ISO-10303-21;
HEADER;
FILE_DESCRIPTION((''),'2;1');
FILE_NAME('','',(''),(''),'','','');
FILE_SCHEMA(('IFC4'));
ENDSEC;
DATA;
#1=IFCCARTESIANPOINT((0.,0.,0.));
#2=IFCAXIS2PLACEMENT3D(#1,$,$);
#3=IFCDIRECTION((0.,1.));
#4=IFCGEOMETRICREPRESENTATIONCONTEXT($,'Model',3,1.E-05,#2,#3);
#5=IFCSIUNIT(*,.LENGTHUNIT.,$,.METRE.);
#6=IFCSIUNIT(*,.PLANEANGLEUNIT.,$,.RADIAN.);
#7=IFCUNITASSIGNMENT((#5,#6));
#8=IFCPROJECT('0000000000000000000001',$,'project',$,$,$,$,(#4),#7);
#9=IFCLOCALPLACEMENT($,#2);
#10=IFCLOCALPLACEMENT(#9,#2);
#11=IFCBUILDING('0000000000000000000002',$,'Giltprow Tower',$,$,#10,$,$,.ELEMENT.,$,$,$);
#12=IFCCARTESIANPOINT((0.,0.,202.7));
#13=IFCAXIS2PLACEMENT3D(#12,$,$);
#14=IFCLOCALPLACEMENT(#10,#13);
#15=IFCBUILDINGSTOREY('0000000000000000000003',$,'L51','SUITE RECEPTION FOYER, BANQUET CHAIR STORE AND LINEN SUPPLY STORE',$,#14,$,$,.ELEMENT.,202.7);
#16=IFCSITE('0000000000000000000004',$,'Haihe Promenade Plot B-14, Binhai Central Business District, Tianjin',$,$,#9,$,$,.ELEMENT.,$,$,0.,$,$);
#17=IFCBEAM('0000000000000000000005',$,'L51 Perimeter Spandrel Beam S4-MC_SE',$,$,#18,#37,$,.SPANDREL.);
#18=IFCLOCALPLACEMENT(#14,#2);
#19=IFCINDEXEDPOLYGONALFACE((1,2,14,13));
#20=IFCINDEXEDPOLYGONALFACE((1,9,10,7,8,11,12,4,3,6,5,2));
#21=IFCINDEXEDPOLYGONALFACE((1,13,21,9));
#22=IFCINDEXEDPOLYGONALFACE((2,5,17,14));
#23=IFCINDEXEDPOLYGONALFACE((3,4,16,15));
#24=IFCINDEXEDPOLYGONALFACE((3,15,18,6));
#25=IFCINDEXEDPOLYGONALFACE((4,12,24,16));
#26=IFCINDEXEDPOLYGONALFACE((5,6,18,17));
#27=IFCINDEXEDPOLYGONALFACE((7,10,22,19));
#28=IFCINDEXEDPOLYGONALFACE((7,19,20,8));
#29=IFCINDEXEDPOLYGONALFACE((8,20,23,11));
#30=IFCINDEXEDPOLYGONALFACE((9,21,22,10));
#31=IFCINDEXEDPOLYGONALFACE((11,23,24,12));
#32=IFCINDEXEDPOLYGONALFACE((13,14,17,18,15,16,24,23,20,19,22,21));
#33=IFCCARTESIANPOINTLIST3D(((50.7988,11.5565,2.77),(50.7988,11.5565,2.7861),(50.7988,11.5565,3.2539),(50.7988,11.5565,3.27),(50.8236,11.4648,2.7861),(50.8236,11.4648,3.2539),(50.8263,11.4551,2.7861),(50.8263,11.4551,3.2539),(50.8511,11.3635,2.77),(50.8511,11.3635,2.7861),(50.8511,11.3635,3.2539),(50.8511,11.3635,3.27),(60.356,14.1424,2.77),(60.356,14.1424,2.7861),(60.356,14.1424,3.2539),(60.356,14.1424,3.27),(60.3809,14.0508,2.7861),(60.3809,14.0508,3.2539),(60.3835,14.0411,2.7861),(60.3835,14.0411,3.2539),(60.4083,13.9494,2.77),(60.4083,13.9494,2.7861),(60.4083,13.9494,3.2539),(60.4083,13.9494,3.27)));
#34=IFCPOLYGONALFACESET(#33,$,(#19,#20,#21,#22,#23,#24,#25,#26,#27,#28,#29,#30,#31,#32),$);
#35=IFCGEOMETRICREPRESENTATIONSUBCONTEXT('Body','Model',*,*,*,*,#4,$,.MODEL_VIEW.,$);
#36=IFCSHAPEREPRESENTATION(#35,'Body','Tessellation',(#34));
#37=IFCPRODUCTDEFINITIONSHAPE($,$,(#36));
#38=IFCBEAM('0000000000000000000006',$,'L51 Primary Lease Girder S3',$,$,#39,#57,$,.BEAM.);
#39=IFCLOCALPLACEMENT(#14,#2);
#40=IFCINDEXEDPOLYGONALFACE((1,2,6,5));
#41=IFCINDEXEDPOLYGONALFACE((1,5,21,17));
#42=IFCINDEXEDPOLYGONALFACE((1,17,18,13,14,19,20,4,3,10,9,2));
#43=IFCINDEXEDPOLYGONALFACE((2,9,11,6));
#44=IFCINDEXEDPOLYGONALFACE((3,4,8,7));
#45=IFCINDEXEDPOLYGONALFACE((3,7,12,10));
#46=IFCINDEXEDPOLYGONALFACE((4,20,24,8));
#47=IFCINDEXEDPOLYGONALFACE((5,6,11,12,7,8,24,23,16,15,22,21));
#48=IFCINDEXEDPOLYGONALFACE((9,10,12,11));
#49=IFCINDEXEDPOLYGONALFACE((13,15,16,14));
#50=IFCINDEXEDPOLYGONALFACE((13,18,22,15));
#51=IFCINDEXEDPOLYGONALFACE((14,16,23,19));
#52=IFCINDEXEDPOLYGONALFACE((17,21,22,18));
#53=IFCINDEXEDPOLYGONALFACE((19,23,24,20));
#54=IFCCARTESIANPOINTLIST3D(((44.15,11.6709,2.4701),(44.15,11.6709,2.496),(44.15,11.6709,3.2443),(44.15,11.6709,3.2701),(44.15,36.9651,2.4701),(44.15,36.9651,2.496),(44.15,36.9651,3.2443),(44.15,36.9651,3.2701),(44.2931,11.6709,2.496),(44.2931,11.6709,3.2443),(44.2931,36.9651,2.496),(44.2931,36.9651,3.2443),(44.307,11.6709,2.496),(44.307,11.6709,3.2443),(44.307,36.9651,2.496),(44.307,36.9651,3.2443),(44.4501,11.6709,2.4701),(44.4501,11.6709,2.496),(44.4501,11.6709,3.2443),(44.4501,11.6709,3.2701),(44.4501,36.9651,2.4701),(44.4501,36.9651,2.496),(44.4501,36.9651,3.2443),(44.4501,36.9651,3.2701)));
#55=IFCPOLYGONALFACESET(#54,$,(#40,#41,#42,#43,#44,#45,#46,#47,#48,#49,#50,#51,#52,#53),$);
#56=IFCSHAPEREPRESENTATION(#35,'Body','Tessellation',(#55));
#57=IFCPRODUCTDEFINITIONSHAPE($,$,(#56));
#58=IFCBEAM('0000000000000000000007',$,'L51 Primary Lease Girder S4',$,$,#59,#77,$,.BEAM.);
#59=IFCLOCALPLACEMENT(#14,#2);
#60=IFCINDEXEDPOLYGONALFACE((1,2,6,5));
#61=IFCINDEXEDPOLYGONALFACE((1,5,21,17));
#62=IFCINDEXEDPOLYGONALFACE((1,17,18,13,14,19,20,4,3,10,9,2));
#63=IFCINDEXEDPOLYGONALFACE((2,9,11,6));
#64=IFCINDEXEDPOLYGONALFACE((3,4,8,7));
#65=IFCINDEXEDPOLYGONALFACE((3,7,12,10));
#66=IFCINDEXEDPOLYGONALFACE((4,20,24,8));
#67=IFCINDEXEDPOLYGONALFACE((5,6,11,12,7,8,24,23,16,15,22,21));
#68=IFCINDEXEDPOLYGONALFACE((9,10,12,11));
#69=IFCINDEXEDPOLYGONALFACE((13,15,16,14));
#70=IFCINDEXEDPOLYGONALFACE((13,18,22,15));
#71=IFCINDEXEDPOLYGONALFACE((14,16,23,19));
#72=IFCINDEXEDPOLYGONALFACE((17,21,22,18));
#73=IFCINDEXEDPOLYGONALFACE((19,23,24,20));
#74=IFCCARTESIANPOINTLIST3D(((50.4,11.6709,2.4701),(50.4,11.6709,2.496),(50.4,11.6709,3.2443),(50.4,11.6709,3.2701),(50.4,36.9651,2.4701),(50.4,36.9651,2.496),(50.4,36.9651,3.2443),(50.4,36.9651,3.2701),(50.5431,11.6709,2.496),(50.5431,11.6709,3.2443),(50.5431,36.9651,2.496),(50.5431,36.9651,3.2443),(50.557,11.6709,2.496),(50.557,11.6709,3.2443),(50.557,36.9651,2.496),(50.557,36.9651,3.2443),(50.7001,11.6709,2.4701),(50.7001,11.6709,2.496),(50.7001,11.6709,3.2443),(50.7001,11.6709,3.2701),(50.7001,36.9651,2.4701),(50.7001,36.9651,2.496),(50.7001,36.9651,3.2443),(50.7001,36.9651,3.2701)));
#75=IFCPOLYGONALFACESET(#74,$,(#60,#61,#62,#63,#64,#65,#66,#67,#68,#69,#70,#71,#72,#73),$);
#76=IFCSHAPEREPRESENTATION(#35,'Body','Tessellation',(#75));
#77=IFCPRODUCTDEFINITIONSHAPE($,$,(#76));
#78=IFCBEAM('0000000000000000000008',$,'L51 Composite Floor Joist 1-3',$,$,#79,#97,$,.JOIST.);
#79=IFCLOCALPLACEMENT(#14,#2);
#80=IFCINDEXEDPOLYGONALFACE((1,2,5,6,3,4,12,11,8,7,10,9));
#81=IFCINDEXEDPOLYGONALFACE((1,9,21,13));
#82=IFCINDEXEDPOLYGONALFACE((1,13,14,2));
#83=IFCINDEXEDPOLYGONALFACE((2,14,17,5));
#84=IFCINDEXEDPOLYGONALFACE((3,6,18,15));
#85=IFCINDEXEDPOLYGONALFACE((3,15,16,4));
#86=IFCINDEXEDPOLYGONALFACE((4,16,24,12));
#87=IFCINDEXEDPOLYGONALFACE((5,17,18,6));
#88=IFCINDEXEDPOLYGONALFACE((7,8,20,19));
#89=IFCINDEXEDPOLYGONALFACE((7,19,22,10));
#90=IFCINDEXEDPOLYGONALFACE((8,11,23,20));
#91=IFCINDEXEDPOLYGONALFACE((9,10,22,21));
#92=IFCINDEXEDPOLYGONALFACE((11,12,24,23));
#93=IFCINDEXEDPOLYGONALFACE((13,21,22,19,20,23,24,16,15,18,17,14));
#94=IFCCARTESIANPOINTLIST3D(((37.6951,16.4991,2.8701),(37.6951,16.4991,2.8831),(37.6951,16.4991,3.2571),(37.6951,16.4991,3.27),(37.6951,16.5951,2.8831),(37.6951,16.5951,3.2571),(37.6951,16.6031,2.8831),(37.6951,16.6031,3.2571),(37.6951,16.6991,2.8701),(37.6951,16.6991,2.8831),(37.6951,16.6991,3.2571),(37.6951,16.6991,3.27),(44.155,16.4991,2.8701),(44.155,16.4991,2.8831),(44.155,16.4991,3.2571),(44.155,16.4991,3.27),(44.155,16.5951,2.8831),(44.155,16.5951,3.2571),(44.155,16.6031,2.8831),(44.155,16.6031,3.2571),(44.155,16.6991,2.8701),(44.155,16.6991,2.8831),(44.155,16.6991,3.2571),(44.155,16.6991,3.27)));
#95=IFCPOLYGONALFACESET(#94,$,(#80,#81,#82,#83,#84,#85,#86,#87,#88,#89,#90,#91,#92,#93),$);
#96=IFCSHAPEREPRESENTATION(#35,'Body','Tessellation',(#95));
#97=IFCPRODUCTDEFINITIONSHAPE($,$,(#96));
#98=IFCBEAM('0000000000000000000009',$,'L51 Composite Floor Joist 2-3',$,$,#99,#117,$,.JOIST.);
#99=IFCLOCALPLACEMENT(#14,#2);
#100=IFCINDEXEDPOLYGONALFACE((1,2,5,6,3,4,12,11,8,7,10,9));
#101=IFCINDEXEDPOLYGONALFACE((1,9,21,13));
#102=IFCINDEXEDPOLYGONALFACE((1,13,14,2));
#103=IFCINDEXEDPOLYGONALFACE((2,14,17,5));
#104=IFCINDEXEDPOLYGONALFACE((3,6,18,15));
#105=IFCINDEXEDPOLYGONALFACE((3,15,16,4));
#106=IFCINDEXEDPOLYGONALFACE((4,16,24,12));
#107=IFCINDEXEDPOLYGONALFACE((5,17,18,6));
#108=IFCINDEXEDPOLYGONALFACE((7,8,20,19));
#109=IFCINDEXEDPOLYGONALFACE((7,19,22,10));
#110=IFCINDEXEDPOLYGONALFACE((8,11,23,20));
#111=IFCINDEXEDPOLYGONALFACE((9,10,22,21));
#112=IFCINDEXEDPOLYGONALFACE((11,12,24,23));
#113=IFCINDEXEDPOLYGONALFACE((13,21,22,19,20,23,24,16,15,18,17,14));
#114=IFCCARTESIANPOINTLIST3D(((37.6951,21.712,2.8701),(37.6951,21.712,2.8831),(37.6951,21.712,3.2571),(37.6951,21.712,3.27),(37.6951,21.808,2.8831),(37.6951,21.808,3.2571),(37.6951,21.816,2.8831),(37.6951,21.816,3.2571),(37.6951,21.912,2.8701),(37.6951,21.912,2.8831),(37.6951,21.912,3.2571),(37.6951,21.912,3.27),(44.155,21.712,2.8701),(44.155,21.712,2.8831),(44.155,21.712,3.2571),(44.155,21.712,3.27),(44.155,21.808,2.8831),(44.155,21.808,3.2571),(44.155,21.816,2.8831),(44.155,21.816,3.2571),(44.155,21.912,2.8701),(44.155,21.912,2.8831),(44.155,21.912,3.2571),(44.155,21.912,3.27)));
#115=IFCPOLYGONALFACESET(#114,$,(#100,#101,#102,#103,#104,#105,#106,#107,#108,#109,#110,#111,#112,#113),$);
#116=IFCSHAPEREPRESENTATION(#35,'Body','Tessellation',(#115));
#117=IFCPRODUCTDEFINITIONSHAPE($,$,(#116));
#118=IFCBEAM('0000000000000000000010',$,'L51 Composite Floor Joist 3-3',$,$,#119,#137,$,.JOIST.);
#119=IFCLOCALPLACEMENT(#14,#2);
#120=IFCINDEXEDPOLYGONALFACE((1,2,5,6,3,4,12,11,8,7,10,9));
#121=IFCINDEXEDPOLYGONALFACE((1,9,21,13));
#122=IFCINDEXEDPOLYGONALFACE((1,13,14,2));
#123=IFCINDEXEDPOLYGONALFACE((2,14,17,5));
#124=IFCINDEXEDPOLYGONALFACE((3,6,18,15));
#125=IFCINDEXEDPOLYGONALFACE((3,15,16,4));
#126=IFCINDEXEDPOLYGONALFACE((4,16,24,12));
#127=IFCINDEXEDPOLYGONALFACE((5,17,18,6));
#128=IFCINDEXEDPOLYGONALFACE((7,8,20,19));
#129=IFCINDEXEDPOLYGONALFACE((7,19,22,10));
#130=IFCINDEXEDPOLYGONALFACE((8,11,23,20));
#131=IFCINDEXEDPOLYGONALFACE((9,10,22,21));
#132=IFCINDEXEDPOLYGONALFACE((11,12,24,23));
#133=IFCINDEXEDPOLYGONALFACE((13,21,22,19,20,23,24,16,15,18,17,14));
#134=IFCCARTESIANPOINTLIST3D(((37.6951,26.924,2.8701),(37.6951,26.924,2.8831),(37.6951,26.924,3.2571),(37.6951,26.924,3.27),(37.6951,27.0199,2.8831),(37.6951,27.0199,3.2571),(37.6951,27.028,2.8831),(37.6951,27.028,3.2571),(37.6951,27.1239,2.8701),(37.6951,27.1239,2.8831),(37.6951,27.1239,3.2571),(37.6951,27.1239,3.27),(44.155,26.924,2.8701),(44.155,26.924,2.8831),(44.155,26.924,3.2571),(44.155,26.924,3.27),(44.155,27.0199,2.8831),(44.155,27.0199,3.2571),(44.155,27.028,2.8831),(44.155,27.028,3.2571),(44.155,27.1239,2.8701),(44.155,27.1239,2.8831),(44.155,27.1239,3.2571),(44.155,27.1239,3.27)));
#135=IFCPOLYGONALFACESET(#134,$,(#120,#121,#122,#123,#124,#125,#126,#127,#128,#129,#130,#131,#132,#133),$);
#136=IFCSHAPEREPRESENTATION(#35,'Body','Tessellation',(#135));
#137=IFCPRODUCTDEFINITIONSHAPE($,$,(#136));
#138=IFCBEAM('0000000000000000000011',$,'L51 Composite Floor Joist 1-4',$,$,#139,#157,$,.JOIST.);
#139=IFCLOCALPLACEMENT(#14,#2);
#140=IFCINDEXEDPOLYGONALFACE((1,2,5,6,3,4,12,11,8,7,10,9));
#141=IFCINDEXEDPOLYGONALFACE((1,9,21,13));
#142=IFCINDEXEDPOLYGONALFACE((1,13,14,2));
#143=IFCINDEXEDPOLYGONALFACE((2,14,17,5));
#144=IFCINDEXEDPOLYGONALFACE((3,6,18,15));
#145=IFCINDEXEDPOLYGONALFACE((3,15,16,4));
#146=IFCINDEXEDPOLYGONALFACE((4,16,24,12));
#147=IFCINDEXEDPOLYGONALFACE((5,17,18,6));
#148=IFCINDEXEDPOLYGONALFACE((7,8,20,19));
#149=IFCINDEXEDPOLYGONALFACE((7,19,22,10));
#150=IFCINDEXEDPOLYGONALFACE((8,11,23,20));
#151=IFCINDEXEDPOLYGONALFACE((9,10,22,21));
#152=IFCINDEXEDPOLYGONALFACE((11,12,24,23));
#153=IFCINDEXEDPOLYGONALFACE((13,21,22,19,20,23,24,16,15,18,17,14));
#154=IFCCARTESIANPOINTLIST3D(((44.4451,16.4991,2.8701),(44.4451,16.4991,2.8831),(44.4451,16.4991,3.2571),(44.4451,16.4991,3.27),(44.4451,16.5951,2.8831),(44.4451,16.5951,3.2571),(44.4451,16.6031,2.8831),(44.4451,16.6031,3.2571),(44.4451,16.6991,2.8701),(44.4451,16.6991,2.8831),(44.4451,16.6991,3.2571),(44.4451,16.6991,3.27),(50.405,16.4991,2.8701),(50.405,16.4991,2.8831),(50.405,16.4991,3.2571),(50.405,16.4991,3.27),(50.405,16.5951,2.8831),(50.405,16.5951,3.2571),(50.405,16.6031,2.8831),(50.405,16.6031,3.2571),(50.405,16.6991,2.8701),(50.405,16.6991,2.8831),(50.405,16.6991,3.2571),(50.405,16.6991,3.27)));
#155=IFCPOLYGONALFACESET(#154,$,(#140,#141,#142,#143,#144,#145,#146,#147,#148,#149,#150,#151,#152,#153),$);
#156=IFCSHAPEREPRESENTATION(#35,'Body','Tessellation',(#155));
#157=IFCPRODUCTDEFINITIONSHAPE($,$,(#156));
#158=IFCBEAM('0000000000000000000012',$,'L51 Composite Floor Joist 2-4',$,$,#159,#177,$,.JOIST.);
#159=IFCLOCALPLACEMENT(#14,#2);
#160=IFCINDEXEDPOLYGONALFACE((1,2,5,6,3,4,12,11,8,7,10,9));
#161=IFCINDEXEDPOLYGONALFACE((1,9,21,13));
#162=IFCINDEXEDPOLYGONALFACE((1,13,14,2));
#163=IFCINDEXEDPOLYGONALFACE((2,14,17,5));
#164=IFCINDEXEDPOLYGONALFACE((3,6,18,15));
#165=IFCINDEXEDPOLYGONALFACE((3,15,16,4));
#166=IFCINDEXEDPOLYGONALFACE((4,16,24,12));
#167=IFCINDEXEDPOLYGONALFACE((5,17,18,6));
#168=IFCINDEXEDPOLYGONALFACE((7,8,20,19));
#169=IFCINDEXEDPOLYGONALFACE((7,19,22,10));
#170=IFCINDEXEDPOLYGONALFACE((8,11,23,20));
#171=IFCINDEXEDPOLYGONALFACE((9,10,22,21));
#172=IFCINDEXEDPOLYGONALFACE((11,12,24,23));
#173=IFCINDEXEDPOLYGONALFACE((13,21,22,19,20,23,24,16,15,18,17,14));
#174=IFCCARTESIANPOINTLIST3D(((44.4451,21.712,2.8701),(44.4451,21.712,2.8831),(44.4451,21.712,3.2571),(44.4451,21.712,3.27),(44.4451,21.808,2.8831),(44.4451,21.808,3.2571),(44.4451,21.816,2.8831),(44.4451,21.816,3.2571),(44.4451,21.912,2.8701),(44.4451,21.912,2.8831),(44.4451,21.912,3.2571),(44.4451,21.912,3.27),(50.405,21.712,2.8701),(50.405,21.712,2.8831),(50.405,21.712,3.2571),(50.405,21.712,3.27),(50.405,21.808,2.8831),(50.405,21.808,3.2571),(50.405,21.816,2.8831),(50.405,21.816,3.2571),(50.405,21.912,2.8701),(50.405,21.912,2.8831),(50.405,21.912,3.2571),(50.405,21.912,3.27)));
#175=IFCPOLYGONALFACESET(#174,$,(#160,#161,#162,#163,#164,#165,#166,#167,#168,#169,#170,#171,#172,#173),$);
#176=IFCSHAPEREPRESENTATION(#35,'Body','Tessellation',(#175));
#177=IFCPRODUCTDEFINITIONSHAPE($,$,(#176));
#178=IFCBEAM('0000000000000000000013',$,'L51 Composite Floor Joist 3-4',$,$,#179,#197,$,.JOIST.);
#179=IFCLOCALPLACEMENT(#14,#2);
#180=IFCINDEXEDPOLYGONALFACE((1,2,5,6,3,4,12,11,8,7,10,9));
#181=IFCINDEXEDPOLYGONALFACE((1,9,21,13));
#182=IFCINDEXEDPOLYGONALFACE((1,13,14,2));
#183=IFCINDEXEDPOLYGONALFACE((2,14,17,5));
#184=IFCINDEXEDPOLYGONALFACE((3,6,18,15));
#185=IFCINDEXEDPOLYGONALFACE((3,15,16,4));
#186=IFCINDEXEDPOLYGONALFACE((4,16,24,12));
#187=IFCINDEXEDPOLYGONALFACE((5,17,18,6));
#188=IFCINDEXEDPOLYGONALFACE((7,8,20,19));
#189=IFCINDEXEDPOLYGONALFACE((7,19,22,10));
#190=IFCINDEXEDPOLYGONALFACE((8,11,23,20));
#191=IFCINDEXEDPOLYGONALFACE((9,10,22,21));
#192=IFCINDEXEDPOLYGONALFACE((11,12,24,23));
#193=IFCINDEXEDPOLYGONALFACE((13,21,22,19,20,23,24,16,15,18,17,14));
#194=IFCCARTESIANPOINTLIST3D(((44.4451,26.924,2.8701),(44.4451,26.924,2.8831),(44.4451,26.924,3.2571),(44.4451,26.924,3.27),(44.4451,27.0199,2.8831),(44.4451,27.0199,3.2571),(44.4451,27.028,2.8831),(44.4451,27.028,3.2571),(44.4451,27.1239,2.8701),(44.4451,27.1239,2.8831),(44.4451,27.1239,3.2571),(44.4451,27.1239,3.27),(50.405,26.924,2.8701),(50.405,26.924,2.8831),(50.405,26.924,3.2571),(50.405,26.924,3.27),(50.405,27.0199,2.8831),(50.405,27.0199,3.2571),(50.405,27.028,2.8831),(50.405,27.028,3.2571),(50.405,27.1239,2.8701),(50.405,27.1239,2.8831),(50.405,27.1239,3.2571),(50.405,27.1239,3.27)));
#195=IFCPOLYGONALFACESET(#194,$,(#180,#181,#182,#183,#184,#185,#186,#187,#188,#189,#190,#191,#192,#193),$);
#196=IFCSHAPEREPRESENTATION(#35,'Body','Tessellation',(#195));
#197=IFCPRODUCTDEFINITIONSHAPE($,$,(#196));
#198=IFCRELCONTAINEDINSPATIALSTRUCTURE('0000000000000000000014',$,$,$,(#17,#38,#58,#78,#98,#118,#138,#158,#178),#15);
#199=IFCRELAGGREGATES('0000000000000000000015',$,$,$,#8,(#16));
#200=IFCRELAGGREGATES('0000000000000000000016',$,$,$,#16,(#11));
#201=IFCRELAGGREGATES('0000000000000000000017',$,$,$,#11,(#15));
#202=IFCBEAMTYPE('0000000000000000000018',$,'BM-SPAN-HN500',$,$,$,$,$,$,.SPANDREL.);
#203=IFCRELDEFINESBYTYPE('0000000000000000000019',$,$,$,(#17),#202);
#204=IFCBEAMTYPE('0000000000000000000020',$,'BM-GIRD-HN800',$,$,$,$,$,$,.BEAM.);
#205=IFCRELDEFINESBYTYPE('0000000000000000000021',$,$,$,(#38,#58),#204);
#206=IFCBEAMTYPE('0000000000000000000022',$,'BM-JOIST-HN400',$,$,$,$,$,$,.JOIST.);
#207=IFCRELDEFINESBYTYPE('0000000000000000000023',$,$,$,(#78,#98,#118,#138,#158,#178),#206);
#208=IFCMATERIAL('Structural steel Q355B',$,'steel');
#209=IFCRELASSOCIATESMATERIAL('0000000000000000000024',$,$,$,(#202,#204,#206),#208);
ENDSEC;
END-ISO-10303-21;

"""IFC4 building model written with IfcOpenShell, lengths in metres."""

from ifc_helpers import new_model, si_unit, direction, frame, origin, origin_2d, place, context, subcontext, project, spatial, i_section, extrude, source, transform, mapped, material, material_profile, profile_set, type_object, element, save


model = new_model("IFC4")

# Units and contexts
model_context = context("Model", 3, precision=1e-05, world=origin(), true_north=direction((0.0, 1.0)))
body_context = subcontext(model_context, "Body", "Model", "MODEL_VIEW")
ifc_project = project(units=[si_unit("LENGTHUNIT", "METRE"), si_unit("PLANEANGLEUNIT", "RADIAN")], contexts=[model_context])

# Site, building, storey
site_placement = place(None, origin())
site = spatial("IfcSite", under=ifc_project, at=site_placement, Name="Haihe Promenade Plot B-14, Binhai Central Business District, Tianjin", CompositionType="ELEMENT", RefElevation=0.0)
building_placement = place(site_placement, origin())
building = spatial("IfcBuilding", under=site, at=building_placement, Name="Giltprow Tower", CompositionType="ELEMENT")
storey_placement = place(building_placement, frame((0.0, 0.0, 202.7)))
storey = spatial("IfcBuildingStorey", under=building, at=storey_placement, Name="L51", Description="SUITE RECEPTION FOYER, BANQUET CHAIR STORE AND LINEN SUPPLY STORE", CompositionType="ELEMENT", Elevation=202.7)

# Beams
ifc_material_1 = material(Name="Structural steel Q355B", Category="steel")
ifc_material_profile_1 = material_profile(ifc_material_1, i_section(OverallWidth=0.2, OverallDepth=0.5, WebThickness=0.01, FlangeThickness=0.0161, at=origin_2d()), Name="HN 500x200x10x16")
ifc_profile_set_1 = profile_set([ifc_material_profile_1], Name="Structural steel Q355B")
beam_type_1 = type_object("IfcBeamType", Name="BM-SPAN-HN500", PredefinedType="SPANDREL", material=ifc_profile_set_1)
shared_shape_1 = source(origin(), body_context, "Body", "SweptSolid", [
    extrude(i_section(OverallWidth=0.2, OverallDepth=0.5, WebThickness=0.01, FlangeThickness=0.0161, at=origin_2d()), origin(), (0.0, 0.0, 1.0), 9.9009),
])
beam_1_placement = place(storey_placement, frame((50.825, 11.46, 3.02), z_axis=(0.965289, 0.261185, 0.0), x_axis=(-0.261185, 0.965289, 0.0)))
element("IfcBeam", 1, at=beam_1_placement, inside=storey, type_object=beam_type_1, Name="L51 Perimeter Spandrel Beam S4-MC_SE", PredefinedType="SPANDREL", context=body_context, shape_type="MappedRepresentation", body=[
    mapped(shared_shape_1, transform((0.0, 0.0, 0.0), x_axis=(1.0, 0.0, 0.0), y_axis=(0.0, 1.0, 0.0), z_axis=(0.0, 0.0, 1.0), scale=1.0)),
])
ifc_material_profile_2 = material_profile(ifc_material_1, i_section(OverallWidth=0.3, OverallDepth=0.8, WebThickness=0.0139, FlangeThickness=0.0259, at=origin_2d()), Name="HN 800x300x14x26")
ifc_profile_set_2 = profile_set([ifc_material_profile_2], Name="Structural steel Q355B")
beam_type_2 = type_object("IfcBeamType", Name="BM-GIRD-HN800", PredefinedType="BEAM", material=ifc_profile_set_2)
shared_shape_2 = source(origin(), body_context, "Body", "SweptSolid", [
    extrude(i_section(OverallWidth=0.3, OverallDepth=0.8, WebThickness=0.0139, FlangeThickness=0.0259, at=origin_2d()), origin(), (0.0, 0.0, 1.0), 25.2942),
])
for number, where, z_axis, x_axis, name in (
    (2, (44.3, 11.6709, 2.8701), (0.0, 1.0, 0.0), (-1.0, 0.0, 0.0), "L51 Primary Lease Girder S3"),
    (3, (50.55, 11.6709, 2.8701), (0.0, 1.0, 0.0), (-1.0, 0.0, 0.0), "L51 Primary Lease Girder S4"),
):
    element("IfcBeam", number, at=place(storey_placement, frame(where, z_axis=z_axis, x_axis=x_axis)), inside=storey, type_object=beam_type_2, Name=name, PredefinedType="BEAM", context=body_context, shape_type="MappedRepresentation", body=[
        mapped(shared_shape_2, transform((0.0, 0.0, 0.0), x_axis=(1.0, 0.0, 0.0), y_axis=(0.0, 1.0, 0.0), z_axis=(0.0, 0.0, 1.0), scale=1.0)),
    ])
ifc_material_profile_3 = material_profile(ifc_material_1, i_section(OverallWidth=0.2, OverallDepth=0.3999, WebThickness=0.0081, FlangeThickness=0.0129, at=origin_2d()), Name="HN 400x200x8x13")
ifc_profile_set_3 = profile_set([ifc_material_profile_3], Name="Structural steel Q355B")
beam_type_3 = type_object("IfcBeamType", Name="BM-JOIST-HN400", PredefinedType="JOIST", material=ifc_profile_set_3)
shared_shape_3 = source(origin(), body_context, "Body", "SweptSolid", [
    extrude(i_section(OverallWidth=0.2, OverallDepth=0.3999, WebThickness=0.0081, FlangeThickness=0.0129, at=origin_2d()), origin(), (0.0, 0.0, 1.0), 6.46),
])
for number, where, z_axis, x_axis, name in (
    (4, (37.6951, 16.5991, 3.0701), (1.0, 0.0, 0.0), (0.0, 1.0, 0.0), "L51 Composite Floor Joist 1-3"),
    (5, (37.6951, 21.812, 3.0701), (1.0, 0.0, 0.0), (0.0, 1.0, 0.0), "L51 Composite Floor Joist 2-3"),
    (6, (37.6951, 27.0239, 3.0701), (1.0, 0.0, 0.0), (0.0, 1.0, 0.0), "L51 Composite Floor Joist 3-3"),
):
    element("IfcBeam", number, at=place(storey_placement, frame(where, z_axis=z_axis, x_axis=x_axis)), inside=storey, type_object=beam_type_3, Name=name, PredefinedType="JOIST", context=body_context, shape_type="MappedRepresentation", body=[
        mapped(shared_shape_3, transform((0.0, 0.0, 0.0), x_axis=(1.0, 0.0, 0.0), y_axis=(0.0, 1.0, 0.0), z_axis=(0.0, 0.0, 1.0), scale=1.0)),
    ])
shared_shape_4 = source(origin(), body_context, "Body", "SweptSolid", [
    extrude(i_section(OverallWidth=0.2, OverallDepth=0.3999, WebThickness=0.0081, FlangeThickness=0.0129, at=origin_2d()), origin(), (0.0, 0.0, 1.0), 5.96),
])
for number, where, z_axis, x_axis, name in (
    (7, (44.4451, 16.5991, 3.0701), (1.0, 0.0, 0.0), (0.0, 1.0, 0.0), "L51 Composite Floor Joist 1-4"),
    (8, (44.4451, 21.812, 3.0701), (1.0, 0.0, 0.0), (0.0, 1.0, 0.0), "L51 Composite Floor Joist 2-4"),
    (9, (44.4451, 27.0239, 3.0701), (1.0, 0.0, 0.0), (0.0, 1.0, 0.0), "L51 Composite Floor Joist 3-4"),
):
    element("IfcBeam", number, at=place(storey_placement, frame(where, z_axis=z_axis, x_axis=x_axis)), inside=storey, type_object=beam_type_3, Name=name, PredefinedType="JOIST", context=body_context, shape_type="MappedRepresentation", body=[
        mapped(shared_shape_4, transform((0.0, 0.0, 0.0), x_axis=(1.0, 0.0, 0.0), y_axis=(0.0, 1.0, 0.0), z_axis=(0.0, 0.0, 1.0), scale=1.0)),
    ])

save(model, "model.ifc")
